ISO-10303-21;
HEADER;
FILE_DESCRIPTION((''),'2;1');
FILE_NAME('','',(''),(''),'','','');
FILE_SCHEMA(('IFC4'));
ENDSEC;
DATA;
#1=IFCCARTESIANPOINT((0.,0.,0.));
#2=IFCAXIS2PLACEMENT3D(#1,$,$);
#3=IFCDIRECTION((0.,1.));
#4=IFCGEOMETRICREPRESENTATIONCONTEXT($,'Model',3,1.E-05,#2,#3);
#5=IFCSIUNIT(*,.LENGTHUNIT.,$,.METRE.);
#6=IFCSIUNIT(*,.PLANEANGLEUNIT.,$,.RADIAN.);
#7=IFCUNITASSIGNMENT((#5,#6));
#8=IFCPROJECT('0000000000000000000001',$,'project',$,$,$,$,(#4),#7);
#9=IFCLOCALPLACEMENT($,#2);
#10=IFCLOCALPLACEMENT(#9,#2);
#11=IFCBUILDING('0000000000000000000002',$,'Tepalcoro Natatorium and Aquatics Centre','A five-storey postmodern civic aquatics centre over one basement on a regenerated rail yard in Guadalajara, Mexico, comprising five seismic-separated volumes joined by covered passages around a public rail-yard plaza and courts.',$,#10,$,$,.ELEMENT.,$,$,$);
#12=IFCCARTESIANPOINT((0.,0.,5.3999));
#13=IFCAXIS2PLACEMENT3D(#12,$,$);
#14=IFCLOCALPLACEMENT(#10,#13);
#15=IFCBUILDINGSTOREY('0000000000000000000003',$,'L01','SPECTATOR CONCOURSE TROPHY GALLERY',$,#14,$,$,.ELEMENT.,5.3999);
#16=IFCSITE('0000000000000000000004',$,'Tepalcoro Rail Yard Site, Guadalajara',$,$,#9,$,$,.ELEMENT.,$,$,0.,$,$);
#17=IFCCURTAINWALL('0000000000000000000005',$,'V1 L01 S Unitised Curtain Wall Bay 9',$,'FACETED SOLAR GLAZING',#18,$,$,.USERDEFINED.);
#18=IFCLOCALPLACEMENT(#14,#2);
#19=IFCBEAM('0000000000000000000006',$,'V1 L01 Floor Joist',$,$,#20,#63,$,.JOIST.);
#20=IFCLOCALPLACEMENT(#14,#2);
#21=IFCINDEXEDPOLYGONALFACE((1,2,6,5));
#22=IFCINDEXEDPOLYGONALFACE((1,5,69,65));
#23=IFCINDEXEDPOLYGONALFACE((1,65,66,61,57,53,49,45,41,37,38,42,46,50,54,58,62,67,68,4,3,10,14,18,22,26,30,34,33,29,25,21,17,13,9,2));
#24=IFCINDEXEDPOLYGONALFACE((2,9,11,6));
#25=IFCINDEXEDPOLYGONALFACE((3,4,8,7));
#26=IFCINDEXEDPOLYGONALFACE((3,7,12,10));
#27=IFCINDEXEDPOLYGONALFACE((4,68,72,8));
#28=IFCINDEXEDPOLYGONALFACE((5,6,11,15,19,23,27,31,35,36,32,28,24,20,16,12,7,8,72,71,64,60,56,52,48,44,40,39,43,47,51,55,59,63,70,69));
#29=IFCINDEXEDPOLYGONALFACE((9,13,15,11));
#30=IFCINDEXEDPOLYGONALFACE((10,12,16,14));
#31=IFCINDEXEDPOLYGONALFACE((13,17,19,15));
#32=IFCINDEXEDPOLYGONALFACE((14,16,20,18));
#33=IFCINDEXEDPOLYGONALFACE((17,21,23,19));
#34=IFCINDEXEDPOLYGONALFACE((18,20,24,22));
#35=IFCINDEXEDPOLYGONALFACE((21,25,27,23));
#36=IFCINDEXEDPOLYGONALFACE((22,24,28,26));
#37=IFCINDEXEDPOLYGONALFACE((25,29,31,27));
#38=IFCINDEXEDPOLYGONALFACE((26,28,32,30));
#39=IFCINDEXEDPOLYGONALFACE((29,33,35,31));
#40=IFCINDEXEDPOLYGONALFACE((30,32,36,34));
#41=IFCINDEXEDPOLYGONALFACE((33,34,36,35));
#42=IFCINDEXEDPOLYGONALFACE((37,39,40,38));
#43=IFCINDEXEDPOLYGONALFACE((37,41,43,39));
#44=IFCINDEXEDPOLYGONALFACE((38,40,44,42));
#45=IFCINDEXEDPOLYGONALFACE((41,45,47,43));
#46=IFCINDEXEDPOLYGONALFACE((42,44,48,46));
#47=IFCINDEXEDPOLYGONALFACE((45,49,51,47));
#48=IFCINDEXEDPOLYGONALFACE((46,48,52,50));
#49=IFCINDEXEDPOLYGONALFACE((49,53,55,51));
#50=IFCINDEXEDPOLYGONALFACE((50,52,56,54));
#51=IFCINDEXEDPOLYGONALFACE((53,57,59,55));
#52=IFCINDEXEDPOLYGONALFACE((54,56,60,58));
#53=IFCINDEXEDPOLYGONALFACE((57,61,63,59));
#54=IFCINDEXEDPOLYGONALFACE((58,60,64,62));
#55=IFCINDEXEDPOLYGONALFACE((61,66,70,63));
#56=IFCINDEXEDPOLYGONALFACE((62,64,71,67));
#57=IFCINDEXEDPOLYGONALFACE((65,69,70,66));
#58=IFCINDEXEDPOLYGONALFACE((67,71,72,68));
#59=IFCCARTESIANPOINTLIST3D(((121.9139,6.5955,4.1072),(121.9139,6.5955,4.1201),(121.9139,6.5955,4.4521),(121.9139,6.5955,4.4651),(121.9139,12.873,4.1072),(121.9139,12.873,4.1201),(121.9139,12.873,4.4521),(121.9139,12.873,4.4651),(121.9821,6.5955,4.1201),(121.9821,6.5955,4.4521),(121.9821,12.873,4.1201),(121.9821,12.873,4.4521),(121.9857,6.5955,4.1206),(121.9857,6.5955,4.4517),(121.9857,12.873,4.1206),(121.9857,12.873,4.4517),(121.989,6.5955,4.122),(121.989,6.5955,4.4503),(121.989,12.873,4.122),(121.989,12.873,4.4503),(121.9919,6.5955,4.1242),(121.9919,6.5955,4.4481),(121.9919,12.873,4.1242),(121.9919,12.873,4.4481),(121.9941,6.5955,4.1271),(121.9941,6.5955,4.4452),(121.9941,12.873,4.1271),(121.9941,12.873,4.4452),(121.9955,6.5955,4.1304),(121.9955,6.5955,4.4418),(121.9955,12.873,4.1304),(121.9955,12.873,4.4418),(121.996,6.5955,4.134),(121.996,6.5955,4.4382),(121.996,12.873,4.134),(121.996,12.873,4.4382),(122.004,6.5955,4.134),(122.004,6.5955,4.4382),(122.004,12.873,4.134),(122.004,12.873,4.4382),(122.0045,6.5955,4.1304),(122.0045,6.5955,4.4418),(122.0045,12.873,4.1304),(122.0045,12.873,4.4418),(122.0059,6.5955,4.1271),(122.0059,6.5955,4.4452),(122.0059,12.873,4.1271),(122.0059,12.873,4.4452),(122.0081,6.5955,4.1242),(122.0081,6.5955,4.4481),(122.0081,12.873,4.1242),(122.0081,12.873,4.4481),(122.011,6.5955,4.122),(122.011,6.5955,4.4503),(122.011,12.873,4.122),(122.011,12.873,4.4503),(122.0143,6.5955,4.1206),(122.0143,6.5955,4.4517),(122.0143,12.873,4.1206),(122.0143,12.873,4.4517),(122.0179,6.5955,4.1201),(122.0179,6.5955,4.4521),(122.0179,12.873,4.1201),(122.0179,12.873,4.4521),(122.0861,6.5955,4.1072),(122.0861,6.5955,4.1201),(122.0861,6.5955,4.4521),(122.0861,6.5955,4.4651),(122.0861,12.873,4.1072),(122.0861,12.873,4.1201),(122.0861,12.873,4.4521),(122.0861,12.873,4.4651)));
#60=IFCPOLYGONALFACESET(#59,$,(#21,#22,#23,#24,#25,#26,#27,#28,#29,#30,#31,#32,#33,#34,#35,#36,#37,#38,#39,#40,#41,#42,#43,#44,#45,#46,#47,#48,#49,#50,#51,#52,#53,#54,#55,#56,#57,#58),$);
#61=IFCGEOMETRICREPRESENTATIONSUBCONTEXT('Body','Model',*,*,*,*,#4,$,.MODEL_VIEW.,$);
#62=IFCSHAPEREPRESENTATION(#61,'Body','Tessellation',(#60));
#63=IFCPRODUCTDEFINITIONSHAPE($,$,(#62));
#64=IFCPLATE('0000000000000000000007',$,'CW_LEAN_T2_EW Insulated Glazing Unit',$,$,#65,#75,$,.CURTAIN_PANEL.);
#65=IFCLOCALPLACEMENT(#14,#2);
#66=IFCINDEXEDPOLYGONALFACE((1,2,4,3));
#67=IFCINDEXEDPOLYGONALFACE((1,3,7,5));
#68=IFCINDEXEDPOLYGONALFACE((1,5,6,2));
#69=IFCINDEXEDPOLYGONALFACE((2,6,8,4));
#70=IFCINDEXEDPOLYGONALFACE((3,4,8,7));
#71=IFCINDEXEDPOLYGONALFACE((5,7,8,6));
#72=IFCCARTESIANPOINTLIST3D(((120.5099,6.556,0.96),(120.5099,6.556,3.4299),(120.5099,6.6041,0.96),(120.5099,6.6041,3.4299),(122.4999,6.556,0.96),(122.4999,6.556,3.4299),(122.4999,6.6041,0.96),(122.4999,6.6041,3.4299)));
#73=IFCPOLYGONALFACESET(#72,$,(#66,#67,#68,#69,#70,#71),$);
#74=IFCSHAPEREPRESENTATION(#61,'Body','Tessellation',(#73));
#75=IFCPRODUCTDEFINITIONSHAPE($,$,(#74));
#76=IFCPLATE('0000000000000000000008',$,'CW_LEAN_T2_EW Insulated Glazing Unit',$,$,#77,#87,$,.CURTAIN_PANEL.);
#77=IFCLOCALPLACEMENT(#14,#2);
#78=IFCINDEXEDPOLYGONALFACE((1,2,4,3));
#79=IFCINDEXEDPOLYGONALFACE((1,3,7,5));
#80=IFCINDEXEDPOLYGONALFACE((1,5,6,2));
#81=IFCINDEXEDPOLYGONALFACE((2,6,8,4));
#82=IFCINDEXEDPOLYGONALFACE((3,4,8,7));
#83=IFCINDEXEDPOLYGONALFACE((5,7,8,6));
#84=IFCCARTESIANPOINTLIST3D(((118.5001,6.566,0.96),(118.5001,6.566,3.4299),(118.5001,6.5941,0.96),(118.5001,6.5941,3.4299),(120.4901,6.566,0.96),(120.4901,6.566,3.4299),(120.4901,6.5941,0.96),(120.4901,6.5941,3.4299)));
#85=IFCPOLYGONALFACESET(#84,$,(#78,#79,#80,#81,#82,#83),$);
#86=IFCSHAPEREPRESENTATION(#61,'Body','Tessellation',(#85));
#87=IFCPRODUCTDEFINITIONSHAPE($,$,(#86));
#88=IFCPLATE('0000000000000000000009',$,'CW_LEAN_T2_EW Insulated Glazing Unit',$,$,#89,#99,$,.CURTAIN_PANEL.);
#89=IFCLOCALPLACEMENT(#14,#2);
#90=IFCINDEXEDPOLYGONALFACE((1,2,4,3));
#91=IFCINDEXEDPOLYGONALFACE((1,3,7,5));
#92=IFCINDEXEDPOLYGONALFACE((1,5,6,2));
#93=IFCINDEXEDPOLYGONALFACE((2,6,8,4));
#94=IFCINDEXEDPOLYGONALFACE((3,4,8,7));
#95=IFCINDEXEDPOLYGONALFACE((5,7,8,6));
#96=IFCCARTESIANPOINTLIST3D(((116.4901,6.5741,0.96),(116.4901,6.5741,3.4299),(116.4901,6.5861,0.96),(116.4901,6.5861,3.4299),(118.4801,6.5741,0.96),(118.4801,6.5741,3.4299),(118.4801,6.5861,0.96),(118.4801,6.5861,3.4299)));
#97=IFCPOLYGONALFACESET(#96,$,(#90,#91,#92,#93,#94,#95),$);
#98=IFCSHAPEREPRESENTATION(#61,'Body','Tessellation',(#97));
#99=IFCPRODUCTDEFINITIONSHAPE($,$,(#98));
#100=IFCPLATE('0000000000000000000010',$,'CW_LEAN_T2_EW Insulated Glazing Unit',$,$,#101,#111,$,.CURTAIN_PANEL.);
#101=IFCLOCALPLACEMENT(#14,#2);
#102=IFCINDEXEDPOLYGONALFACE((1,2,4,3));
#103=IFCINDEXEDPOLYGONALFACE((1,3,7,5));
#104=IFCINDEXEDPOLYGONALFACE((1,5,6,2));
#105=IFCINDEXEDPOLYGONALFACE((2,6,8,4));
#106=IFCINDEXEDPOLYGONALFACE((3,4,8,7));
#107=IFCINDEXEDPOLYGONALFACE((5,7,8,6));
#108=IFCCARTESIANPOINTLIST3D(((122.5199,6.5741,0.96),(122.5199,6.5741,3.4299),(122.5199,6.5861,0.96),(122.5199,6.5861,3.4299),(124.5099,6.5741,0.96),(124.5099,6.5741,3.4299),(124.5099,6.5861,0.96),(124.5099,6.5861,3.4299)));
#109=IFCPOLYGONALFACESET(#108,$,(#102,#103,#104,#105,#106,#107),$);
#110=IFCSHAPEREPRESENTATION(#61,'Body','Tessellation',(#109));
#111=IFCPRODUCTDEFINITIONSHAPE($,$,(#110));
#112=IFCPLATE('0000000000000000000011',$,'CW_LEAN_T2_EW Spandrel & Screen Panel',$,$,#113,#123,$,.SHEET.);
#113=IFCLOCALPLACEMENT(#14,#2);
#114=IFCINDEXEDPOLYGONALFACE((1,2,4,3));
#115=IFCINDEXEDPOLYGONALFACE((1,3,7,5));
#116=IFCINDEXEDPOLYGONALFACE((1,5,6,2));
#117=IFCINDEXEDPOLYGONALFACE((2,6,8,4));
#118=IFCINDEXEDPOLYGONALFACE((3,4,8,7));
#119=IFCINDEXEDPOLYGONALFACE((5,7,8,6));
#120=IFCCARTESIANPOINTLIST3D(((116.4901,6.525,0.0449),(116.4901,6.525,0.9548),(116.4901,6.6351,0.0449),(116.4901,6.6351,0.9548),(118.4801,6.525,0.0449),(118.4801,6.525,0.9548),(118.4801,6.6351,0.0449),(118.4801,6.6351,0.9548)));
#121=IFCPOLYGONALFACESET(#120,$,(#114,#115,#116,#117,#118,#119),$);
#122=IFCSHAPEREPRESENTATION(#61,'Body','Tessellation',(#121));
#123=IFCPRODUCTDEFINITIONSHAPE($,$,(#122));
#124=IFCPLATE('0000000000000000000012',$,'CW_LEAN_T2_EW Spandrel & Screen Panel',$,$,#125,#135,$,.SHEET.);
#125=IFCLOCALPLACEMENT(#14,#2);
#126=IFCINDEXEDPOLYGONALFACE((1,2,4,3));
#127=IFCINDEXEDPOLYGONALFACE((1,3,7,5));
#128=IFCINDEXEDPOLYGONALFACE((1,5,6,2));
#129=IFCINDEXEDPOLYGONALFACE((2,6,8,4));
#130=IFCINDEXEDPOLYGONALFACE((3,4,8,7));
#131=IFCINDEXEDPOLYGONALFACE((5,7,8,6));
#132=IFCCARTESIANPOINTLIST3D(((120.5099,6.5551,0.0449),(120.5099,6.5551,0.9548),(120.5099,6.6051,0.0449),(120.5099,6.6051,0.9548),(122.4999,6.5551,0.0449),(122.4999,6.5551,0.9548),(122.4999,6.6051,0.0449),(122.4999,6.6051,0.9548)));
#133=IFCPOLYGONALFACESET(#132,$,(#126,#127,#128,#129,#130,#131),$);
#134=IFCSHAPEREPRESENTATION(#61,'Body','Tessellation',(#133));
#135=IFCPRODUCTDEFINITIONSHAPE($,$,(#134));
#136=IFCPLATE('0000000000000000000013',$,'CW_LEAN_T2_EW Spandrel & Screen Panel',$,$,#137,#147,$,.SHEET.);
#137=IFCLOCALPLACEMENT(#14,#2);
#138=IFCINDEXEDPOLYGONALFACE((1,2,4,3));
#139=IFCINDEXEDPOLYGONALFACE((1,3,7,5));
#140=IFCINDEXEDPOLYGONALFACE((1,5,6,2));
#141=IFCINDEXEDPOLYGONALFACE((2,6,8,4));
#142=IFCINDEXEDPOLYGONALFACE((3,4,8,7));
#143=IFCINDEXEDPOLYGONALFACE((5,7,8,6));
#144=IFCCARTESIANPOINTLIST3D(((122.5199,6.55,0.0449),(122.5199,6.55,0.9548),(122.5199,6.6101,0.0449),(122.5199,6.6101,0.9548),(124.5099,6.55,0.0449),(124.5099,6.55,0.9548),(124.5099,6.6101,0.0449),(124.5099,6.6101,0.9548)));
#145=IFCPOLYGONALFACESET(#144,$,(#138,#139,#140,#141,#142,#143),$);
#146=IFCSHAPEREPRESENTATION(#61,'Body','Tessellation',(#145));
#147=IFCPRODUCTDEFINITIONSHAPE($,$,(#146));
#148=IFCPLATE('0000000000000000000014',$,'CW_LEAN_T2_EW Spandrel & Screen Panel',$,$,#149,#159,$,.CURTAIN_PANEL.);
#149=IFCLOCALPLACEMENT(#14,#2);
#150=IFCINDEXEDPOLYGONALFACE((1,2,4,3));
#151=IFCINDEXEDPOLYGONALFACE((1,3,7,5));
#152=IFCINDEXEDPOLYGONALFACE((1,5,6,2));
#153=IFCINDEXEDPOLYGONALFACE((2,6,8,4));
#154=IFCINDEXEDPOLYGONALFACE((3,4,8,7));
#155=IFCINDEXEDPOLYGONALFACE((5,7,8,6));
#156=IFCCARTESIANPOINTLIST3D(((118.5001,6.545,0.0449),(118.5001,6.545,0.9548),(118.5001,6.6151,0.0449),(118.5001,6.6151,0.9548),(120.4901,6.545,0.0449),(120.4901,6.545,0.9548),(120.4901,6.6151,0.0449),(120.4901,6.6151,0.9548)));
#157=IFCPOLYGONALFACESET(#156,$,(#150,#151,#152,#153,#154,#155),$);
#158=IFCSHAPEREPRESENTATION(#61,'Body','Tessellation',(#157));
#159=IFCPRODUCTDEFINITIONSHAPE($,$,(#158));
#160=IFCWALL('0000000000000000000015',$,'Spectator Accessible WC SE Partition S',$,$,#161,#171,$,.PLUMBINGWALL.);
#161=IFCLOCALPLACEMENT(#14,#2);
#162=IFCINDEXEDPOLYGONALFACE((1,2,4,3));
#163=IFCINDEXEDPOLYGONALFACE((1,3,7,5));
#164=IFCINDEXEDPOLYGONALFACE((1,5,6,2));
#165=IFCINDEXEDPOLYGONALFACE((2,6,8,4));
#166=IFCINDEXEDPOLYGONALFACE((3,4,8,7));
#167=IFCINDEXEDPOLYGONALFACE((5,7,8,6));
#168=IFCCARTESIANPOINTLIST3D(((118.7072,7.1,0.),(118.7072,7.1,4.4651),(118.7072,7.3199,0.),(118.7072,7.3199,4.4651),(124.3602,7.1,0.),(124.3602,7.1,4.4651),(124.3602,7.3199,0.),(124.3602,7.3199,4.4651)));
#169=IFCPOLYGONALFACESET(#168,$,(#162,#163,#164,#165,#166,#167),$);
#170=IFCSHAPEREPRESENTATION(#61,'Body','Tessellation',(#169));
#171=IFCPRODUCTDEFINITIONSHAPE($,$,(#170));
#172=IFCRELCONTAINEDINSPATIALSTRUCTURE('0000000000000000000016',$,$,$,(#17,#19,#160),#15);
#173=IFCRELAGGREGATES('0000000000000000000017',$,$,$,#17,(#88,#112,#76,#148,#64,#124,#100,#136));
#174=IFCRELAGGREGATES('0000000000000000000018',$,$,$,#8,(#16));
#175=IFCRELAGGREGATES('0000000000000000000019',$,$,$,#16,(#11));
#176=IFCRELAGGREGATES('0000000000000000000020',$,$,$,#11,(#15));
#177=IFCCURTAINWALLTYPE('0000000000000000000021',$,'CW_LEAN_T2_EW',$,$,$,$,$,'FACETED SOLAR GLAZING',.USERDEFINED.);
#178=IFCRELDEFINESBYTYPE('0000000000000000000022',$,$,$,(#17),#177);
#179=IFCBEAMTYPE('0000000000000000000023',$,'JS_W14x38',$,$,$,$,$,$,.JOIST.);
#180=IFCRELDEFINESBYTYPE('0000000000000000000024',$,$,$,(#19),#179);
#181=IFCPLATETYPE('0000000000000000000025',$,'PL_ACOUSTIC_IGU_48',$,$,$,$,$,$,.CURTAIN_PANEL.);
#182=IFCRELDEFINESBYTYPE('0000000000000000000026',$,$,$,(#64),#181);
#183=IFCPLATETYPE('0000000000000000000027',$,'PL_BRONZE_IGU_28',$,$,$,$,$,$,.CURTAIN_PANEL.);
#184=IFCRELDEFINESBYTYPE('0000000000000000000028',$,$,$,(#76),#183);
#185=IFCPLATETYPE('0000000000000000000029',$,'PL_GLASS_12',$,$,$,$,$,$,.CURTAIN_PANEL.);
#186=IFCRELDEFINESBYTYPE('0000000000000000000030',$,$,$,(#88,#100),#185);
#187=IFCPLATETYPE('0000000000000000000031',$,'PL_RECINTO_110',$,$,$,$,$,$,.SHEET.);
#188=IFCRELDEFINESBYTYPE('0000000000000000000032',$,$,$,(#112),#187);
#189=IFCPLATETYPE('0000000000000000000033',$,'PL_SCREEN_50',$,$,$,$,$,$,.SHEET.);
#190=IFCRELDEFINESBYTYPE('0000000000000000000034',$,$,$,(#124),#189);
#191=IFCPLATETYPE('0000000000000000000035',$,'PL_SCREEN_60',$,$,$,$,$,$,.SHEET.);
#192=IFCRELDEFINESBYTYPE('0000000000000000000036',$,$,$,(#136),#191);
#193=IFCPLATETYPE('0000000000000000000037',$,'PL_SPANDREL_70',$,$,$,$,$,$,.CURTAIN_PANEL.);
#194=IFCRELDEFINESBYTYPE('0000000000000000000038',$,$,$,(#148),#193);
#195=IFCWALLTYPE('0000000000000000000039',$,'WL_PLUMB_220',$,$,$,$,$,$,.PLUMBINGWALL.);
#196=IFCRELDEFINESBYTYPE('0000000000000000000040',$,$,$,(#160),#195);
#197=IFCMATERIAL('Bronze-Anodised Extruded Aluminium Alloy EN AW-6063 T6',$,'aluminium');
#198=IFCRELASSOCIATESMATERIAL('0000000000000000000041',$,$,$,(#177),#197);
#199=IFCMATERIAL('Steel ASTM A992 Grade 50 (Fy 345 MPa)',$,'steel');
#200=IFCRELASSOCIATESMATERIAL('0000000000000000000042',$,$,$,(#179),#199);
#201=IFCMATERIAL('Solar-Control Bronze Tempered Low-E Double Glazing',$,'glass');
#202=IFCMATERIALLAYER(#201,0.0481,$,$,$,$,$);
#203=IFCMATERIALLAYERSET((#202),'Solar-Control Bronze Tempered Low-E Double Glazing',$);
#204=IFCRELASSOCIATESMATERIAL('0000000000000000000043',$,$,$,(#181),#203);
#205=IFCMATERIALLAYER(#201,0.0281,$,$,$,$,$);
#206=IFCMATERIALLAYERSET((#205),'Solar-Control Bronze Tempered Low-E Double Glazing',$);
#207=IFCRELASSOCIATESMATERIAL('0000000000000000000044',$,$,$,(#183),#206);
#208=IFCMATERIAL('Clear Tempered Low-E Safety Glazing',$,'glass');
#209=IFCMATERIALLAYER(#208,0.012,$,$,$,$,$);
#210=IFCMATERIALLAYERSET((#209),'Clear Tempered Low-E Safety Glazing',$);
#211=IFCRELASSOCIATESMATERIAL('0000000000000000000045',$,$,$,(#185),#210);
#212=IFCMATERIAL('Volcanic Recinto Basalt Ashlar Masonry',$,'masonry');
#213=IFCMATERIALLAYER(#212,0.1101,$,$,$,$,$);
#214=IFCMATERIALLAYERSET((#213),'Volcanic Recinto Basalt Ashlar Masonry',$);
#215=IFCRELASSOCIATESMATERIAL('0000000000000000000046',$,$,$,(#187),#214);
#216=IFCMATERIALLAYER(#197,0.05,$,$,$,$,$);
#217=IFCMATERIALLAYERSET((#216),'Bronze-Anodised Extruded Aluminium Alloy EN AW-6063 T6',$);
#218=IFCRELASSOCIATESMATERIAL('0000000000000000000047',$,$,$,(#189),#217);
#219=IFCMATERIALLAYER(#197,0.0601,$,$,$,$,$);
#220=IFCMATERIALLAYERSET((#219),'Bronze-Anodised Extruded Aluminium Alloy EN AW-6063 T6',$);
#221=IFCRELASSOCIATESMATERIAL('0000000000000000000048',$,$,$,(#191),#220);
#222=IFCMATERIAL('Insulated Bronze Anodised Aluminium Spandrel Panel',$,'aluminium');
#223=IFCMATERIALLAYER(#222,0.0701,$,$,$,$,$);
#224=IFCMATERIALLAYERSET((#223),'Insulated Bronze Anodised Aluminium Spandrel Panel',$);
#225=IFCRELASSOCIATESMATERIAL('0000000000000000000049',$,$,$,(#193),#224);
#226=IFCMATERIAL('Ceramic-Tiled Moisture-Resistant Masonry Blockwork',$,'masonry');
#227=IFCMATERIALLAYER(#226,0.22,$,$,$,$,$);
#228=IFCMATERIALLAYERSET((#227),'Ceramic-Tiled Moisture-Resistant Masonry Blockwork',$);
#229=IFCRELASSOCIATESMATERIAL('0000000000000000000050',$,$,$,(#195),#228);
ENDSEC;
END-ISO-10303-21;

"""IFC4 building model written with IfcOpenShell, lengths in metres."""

from ifc_helpers import new_model, si_unit, direction, frame, frame_2d, origin, origin_2d, place, context, subcontext, project, spatial, rectangle, i_section, extrude, material, layer, layer_set, material_profile, profile_set, type_object, element, aggregate, save


model = new_model("IFC4")

# Units and contexts
model_context = context("Model", 3, precision=1e-05, world=origin(), true_north=direction((0.0, 1.0)))
body_context = subcontext(model_context, "Body", "Model", "MODEL_VIEW")
ifc_project = project(units=[si_unit("LENGTHUNIT", "METRE"), si_unit("PLANEANGLEUNIT", "RADIAN")], contexts=[model_context])

# Site, building, storey
site_placement = place(None, origin())
site = spatial("IfcSite", under=ifc_project, at=site_placement, Name="Tepalcoro Rail Yard Site, Guadalajara", CompositionType="ELEMENT", RefElevation=0.0)
building_placement = place(site_placement, origin())
building = spatial("IfcBuilding", under=site, at=building_placement, Name="Tepalcoro Natatorium and Aquatics Centre", Description="A five-storey postmodern civic aquatics centre over one basement on a regenerated rail yard in Guadalajara, Mexico, comprising five seismic-separated volumes joined by covered passages around a public rail-yard plaza and courts.", CompositionType="ELEMENT")
storey_placement = place(building_placement, frame((0.0, 0.0, 5.3999)))
storey = spatial("IfcBuildingStorey", under=building, at=storey_placement, Name="L01", Description="SPECTATOR CONCOURSE TROPHY GALLERY", CompositionType="ELEMENT", Elevation=5.3999)

# Curtain wall
ifc_material_1 = material(Name="Bronze-Anodised Extruded Aluminium Alloy EN AW-6063 T6", Category="aluminium")
curtain_wall_type = type_object("IfcCurtainWallType", Name="CW_LEAN_T2_EW", ElementType="FACETED SOLAR GLAZING", PredefinedType="USERDEFINED", material=ifc_material_1)
curtain_wall_placement = place(storey_placement, origin())
curtain_wall = element("IfcCurtainWall", 1, at=curtain_wall_placement, inside=storey, type_object=curtain_wall_type, Name="V1 L01 S Unitised Curtain Wall Bay 9", ObjectType="FACETED SOLAR GLAZING", PredefinedType="USERDEFINED")

# Beam
ifc_material_2 = material(Name="Steel ASTM A992 Grade 50 (Fy 345 MPa)", Category="steel")
ifc_material_profile_1 = material_profile(ifc_material_2, i_section(OverallWidth=0.1721, OverallDepth=0.3579, WebThickness=0.0081, FlangeThickness=0.0129, FilletRadius=0.0139, at=origin_2d()), Name="W14X38")
ifc_profile_set_1 = profile_set([ifc_material_profile_1], Name="Steel ASTM A992 Grade 50 (Fy 345 MPa)")
beam_type_1 = type_object("IfcBeamType", Name="JS_W14x38", PredefinedType="JOIST", material=ifc_profile_set_1)
beam_1_placement = place(storey_placement, frame((122.0, 6.5955, 4.2861), z_axis=(0.0, 1.0, 0.0), x_axis=(-1.0, 0.0, 0.0)))
element("IfcBeam", 2, at=beam_1_placement, inside=storey, type_object=beam_type_1, Name="V1 L01 Floor Joist", PredefinedType="JOIST", context=body_context, shape_type="SweptSolid", body=[
    extrude(i_section(OverallWidth=0.1721, OverallDepth=0.3579, WebThickness=0.0081, FlangeThickness=0.0129, FilletRadius=0.0139, at=origin_2d()), origin(), (0.0, 0.0, 1.0), 6.2776),
])

# Plates
ifc_material_3 = material(Name="Solar-Control Bronze Tempered Low-E Double Glazing", Category="glass")
ifc_layer_1 = layer(ifc_material_3, 0.0481)
ifc_layer_set_1 = layer_set([ifc_layer_1], Name="Solar-Control Bronze Tempered Low-E Double Glazing")
plate_type_1 = type_object("IfcPlateType", Name="PL_ACOUSTIC_IGU_48", PredefinedType="CURTAIN_PANEL", material=ifc_layer_set_1)
plate_1_placement = place(storey_placement, frame((121.5049, 6.5801, 0.96), z_axis=(0.0, 0.0, 1.0), x_axis=(1.0, 0.0, 0.0)))
plate_1 = element("IfcPlate", 3, at=plate_1_placement, type_object=plate_type_1, Name="CW_LEAN_T2_EW Insulated Glazing Unit", PredefinedType="CURTAIN_PANEL", context=body_context, shape_type="SweptSolid", body=[
    extrude(rectangle(XDim=1.99, YDim=0.0481, at=origin_2d()), origin(), (0.0, 0.0, 1.0), 2.47),
])
ifc_layer_2 = layer(ifc_material_3, 0.0281)
ifc_layer_set_2 = layer_set([ifc_layer_2], Name="Solar-Control Bronze Tempered Low-E Double Glazing")
plate_type_2 = type_object("IfcPlateType", Name="PL_BRONZE_IGU_28", PredefinedType="CURTAIN_PANEL", material=ifc_layer_set_2)
plate_2_placement = place(storey_placement, frame((119.4951, 6.5801, 0.96), z_axis=(0.0, 0.0, 1.0), x_axis=(1.0, 0.0, 0.0)))
plate_2 = element("IfcPlate", 4, at=plate_2_placement, type_object=plate_type_2, Name="CW_LEAN_T2_EW Insulated Glazing Unit", PredefinedType="CURTAIN_PANEL", context=body_context, shape_type="SweptSolid", body=[
    extrude(rectangle(XDim=1.99, YDim=0.0281, at=origin_2d()), origin(), (0.0, 0.0, 1.0), 2.47),
])
ifc_material_4 = material(Name="Clear Tempered Low-E Safety Glazing", Category="glass")
ifc_layer_3 = layer(ifc_material_4, 0.012)
ifc_layer_set_3 = layer_set([ifc_layer_3], Name="Clear Tempered Low-E Safety Glazing")
plate_type_3 = type_object("IfcPlateType", Name="PL_GLASS_12", PredefinedType="CURTAIN_PANEL", material=ifc_layer_set_3)
plate_3_placement = place(storey_placement, frame((117.4851, 6.5801, 0.96), z_axis=(0.0, 0.0, 1.0), x_axis=(1.0, 0.0, 0.0)))
plate_3 = element("IfcPlate", 5, at=plate_3_placement, type_object=plate_type_3, Name="CW_LEAN_T2_EW Insulated Glazing Unit", PredefinedType="CURTAIN_PANEL", context=body_context, shape_type="SweptSolid", body=[
    extrude(rectangle(XDim=1.99, YDim=0.012, at=origin_2d()), origin(), (0.0, 0.0, 1.0), 2.47),
])
plate_4_placement = place(storey_placement, frame((123.5149, 6.5801, 0.96), z_axis=(0.0, 0.0, 1.0), x_axis=(1.0, 0.0, 0.0)))
plate_4 = element("IfcPlate", 6, at=plate_4_placement, type_object=plate_type_3, Name="CW_LEAN_T2_EW Insulated Glazing Unit", PredefinedType="CURTAIN_PANEL", context=body_context, shape_type="SweptSolid", body=[
    extrude(rectangle(XDim=1.99, YDim=0.012, at=origin_2d()), origin(), (0.0, 0.0, 1.0), 2.47),
])
ifc_material_5 = material(Name="Volcanic Recinto Basalt Ashlar Masonry", Category="masonry")
ifc_layer_4 = layer(ifc_material_5, 0.1101)
ifc_layer_set_4 = layer_set([ifc_layer_4], Name="Volcanic Recinto Basalt Ashlar Masonry")
plate_type_4 = type_object("IfcPlateType", Name="PL_RECINTO_110", PredefinedType="SHEET", material=ifc_layer_set_4)
plate_5_placement = place(storey_placement, frame((117.4851, 6.5801, 0.0449), z_axis=(0.0, 0.0, 1.0), x_axis=(1.0, 0.0, 0.0)))
plate_5 = element("IfcPlate", 7, at=plate_5_placement, type_object=plate_type_4, Name="CW_LEAN_T2_EW Spandrel & Screen Panel", PredefinedType="SHEET", context=body_context, shape_type="SweptSolid", body=[
    extrude(rectangle(XDim=1.99, YDim=0.1101, at=origin_2d()), origin(), (0.0, 0.0, 1.0), 0.9099),
])
ifc_layer_5 = layer(ifc_material_1, 0.05)
ifc_layer_set_5 = layer_set([ifc_layer_5], Name="Bronze-Anodised Extruded Aluminium Alloy EN AW-6063 T6")
plate_type_5 = type_object("IfcPlateType", Name="PL_SCREEN_50", PredefinedType="SHEET", material=ifc_layer_set_5)
plate_6_placement = place(storey_placement, frame((121.5049, 6.5801, 0.0449), z_axis=(0.0, 0.0, 1.0), x_axis=(1.0, 0.0, 0.0)))
plate_6 = element("IfcPlate", 8, at=plate_6_placement, type_object=plate_type_5, Name="CW_LEAN_T2_EW Spandrel & Screen Panel", PredefinedType="SHEET", context=body_context, shape_type="SweptSolid", body=[
    extrude(rectangle(XDim=1.99, YDim=0.05, at=origin_2d()), origin(), (0.0, 0.0, 1.0), 0.9099),
])
ifc_layer_6 = layer(ifc_material_1, 0.0601)
ifc_layer_set_6 = layer_set([ifc_layer_6], Name="Bronze-Anodised Extruded Aluminium Alloy EN AW-6063 T6")
plate_type_6 = type_object("IfcPlateType", Name="PL_SCREEN_60", PredefinedType="SHEET", material=ifc_layer_set_6)
plate_7_placement = place(storey_placement, frame((123.5149, 6.5801, 0.0449), z_axis=(0.0, 0.0, 1.0), x_axis=(1.0, 0.0, 0.0)))
plate_7 = element("IfcPlate", 9, at=plate_7_placement, type_object=plate_type_6, Name="CW_LEAN_T2_EW Spandrel & Screen Panel", PredefinedType="SHEET", context=body_context, shape_type="SweptSolid", body=[
    extrude(rectangle(XDim=1.99, YDim=0.0601, at=origin_2d()), origin(), (0.0, 0.0, 1.0), 0.9099),
])
ifc_material_6 = material(Name="Insulated Bronze Anodised Aluminium Spandrel Panel", Category="aluminium")
ifc_layer_7 = layer(ifc_material_6, 0.0701)
ifc_layer_set_7 = layer_set([ifc_layer_7], Name="Insulated Bronze Anodised Aluminium Spandrel Panel")
plate_type_7 = type_object("IfcPlateType", Name="PL_SPANDREL_70", PredefinedType="CURTAIN_PANEL", material=ifc_layer_set_7)
plate_8_placement = place(storey_placement, frame((119.4951, 6.5801, 0.0449), z_axis=(0.0, 0.0, 1.0), x_axis=(1.0, 0.0, 0.0)))
plate_8 = element("IfcPlate", 10, at=plate_8_placement, type_object=plate_type_7, Name="CW_LEAN_T2_EW Spandrel & Screen Panel", PredefinedType="CURTAIN_PANEL", context=body_context, shape_type="SweptSolid", body=[
    extrude(rectangle(XDim=1.99, YDim=0.0701, at=origin_2d()), origin(), (0.0, 0.0, 1.0), 0.9099),
])
aggregate(curtain_wall, [plate_3, plate_5, plate_2, plate_8, plate_1, plate_6, plate_4, plate_7])

# Wall
ifc_material_7 = material(Name="Ceramic-Tiled Moisture-Resistant Masonry Blockwork", Category="masonry")
ifc_layer_8 = layer(ifc_material_7, 0.22)
ifc_layer_set_8 = layer_set([ifc_layer_8], Name="Ceramic-Tiled Moisture-Resistant Masonry Blockwork")
wall_type = type_object("IfcWallType", Name="WL_PLUMB_220", PredefinedType="PLUMBINGWALL", material=ifc_layer_set_8)
wall_1_placement = place(storey_placement, frame((118.707, 7.21, 0.0), z_axis=(0.0, 0.0, 1.0), x_axis=(1.0, 0.0, 0.0)))
element("IfcWall", 11, at=wall_1_placement, inside=storey, type_object=wall_type, Name="Spectator Accessible WC SE Partition S", PredefinedType="PLUMBINGWALL", context=body_context, shape_type="SweptSolid", body=[
    extrude(rectangle(XDim=5.6531, YDim=0.22, at=frame_2d((2.8267, 0.0))), origin(), (0.0, 0.0, 1.0), 4.4651),
])

save(model, "model.ifc")
